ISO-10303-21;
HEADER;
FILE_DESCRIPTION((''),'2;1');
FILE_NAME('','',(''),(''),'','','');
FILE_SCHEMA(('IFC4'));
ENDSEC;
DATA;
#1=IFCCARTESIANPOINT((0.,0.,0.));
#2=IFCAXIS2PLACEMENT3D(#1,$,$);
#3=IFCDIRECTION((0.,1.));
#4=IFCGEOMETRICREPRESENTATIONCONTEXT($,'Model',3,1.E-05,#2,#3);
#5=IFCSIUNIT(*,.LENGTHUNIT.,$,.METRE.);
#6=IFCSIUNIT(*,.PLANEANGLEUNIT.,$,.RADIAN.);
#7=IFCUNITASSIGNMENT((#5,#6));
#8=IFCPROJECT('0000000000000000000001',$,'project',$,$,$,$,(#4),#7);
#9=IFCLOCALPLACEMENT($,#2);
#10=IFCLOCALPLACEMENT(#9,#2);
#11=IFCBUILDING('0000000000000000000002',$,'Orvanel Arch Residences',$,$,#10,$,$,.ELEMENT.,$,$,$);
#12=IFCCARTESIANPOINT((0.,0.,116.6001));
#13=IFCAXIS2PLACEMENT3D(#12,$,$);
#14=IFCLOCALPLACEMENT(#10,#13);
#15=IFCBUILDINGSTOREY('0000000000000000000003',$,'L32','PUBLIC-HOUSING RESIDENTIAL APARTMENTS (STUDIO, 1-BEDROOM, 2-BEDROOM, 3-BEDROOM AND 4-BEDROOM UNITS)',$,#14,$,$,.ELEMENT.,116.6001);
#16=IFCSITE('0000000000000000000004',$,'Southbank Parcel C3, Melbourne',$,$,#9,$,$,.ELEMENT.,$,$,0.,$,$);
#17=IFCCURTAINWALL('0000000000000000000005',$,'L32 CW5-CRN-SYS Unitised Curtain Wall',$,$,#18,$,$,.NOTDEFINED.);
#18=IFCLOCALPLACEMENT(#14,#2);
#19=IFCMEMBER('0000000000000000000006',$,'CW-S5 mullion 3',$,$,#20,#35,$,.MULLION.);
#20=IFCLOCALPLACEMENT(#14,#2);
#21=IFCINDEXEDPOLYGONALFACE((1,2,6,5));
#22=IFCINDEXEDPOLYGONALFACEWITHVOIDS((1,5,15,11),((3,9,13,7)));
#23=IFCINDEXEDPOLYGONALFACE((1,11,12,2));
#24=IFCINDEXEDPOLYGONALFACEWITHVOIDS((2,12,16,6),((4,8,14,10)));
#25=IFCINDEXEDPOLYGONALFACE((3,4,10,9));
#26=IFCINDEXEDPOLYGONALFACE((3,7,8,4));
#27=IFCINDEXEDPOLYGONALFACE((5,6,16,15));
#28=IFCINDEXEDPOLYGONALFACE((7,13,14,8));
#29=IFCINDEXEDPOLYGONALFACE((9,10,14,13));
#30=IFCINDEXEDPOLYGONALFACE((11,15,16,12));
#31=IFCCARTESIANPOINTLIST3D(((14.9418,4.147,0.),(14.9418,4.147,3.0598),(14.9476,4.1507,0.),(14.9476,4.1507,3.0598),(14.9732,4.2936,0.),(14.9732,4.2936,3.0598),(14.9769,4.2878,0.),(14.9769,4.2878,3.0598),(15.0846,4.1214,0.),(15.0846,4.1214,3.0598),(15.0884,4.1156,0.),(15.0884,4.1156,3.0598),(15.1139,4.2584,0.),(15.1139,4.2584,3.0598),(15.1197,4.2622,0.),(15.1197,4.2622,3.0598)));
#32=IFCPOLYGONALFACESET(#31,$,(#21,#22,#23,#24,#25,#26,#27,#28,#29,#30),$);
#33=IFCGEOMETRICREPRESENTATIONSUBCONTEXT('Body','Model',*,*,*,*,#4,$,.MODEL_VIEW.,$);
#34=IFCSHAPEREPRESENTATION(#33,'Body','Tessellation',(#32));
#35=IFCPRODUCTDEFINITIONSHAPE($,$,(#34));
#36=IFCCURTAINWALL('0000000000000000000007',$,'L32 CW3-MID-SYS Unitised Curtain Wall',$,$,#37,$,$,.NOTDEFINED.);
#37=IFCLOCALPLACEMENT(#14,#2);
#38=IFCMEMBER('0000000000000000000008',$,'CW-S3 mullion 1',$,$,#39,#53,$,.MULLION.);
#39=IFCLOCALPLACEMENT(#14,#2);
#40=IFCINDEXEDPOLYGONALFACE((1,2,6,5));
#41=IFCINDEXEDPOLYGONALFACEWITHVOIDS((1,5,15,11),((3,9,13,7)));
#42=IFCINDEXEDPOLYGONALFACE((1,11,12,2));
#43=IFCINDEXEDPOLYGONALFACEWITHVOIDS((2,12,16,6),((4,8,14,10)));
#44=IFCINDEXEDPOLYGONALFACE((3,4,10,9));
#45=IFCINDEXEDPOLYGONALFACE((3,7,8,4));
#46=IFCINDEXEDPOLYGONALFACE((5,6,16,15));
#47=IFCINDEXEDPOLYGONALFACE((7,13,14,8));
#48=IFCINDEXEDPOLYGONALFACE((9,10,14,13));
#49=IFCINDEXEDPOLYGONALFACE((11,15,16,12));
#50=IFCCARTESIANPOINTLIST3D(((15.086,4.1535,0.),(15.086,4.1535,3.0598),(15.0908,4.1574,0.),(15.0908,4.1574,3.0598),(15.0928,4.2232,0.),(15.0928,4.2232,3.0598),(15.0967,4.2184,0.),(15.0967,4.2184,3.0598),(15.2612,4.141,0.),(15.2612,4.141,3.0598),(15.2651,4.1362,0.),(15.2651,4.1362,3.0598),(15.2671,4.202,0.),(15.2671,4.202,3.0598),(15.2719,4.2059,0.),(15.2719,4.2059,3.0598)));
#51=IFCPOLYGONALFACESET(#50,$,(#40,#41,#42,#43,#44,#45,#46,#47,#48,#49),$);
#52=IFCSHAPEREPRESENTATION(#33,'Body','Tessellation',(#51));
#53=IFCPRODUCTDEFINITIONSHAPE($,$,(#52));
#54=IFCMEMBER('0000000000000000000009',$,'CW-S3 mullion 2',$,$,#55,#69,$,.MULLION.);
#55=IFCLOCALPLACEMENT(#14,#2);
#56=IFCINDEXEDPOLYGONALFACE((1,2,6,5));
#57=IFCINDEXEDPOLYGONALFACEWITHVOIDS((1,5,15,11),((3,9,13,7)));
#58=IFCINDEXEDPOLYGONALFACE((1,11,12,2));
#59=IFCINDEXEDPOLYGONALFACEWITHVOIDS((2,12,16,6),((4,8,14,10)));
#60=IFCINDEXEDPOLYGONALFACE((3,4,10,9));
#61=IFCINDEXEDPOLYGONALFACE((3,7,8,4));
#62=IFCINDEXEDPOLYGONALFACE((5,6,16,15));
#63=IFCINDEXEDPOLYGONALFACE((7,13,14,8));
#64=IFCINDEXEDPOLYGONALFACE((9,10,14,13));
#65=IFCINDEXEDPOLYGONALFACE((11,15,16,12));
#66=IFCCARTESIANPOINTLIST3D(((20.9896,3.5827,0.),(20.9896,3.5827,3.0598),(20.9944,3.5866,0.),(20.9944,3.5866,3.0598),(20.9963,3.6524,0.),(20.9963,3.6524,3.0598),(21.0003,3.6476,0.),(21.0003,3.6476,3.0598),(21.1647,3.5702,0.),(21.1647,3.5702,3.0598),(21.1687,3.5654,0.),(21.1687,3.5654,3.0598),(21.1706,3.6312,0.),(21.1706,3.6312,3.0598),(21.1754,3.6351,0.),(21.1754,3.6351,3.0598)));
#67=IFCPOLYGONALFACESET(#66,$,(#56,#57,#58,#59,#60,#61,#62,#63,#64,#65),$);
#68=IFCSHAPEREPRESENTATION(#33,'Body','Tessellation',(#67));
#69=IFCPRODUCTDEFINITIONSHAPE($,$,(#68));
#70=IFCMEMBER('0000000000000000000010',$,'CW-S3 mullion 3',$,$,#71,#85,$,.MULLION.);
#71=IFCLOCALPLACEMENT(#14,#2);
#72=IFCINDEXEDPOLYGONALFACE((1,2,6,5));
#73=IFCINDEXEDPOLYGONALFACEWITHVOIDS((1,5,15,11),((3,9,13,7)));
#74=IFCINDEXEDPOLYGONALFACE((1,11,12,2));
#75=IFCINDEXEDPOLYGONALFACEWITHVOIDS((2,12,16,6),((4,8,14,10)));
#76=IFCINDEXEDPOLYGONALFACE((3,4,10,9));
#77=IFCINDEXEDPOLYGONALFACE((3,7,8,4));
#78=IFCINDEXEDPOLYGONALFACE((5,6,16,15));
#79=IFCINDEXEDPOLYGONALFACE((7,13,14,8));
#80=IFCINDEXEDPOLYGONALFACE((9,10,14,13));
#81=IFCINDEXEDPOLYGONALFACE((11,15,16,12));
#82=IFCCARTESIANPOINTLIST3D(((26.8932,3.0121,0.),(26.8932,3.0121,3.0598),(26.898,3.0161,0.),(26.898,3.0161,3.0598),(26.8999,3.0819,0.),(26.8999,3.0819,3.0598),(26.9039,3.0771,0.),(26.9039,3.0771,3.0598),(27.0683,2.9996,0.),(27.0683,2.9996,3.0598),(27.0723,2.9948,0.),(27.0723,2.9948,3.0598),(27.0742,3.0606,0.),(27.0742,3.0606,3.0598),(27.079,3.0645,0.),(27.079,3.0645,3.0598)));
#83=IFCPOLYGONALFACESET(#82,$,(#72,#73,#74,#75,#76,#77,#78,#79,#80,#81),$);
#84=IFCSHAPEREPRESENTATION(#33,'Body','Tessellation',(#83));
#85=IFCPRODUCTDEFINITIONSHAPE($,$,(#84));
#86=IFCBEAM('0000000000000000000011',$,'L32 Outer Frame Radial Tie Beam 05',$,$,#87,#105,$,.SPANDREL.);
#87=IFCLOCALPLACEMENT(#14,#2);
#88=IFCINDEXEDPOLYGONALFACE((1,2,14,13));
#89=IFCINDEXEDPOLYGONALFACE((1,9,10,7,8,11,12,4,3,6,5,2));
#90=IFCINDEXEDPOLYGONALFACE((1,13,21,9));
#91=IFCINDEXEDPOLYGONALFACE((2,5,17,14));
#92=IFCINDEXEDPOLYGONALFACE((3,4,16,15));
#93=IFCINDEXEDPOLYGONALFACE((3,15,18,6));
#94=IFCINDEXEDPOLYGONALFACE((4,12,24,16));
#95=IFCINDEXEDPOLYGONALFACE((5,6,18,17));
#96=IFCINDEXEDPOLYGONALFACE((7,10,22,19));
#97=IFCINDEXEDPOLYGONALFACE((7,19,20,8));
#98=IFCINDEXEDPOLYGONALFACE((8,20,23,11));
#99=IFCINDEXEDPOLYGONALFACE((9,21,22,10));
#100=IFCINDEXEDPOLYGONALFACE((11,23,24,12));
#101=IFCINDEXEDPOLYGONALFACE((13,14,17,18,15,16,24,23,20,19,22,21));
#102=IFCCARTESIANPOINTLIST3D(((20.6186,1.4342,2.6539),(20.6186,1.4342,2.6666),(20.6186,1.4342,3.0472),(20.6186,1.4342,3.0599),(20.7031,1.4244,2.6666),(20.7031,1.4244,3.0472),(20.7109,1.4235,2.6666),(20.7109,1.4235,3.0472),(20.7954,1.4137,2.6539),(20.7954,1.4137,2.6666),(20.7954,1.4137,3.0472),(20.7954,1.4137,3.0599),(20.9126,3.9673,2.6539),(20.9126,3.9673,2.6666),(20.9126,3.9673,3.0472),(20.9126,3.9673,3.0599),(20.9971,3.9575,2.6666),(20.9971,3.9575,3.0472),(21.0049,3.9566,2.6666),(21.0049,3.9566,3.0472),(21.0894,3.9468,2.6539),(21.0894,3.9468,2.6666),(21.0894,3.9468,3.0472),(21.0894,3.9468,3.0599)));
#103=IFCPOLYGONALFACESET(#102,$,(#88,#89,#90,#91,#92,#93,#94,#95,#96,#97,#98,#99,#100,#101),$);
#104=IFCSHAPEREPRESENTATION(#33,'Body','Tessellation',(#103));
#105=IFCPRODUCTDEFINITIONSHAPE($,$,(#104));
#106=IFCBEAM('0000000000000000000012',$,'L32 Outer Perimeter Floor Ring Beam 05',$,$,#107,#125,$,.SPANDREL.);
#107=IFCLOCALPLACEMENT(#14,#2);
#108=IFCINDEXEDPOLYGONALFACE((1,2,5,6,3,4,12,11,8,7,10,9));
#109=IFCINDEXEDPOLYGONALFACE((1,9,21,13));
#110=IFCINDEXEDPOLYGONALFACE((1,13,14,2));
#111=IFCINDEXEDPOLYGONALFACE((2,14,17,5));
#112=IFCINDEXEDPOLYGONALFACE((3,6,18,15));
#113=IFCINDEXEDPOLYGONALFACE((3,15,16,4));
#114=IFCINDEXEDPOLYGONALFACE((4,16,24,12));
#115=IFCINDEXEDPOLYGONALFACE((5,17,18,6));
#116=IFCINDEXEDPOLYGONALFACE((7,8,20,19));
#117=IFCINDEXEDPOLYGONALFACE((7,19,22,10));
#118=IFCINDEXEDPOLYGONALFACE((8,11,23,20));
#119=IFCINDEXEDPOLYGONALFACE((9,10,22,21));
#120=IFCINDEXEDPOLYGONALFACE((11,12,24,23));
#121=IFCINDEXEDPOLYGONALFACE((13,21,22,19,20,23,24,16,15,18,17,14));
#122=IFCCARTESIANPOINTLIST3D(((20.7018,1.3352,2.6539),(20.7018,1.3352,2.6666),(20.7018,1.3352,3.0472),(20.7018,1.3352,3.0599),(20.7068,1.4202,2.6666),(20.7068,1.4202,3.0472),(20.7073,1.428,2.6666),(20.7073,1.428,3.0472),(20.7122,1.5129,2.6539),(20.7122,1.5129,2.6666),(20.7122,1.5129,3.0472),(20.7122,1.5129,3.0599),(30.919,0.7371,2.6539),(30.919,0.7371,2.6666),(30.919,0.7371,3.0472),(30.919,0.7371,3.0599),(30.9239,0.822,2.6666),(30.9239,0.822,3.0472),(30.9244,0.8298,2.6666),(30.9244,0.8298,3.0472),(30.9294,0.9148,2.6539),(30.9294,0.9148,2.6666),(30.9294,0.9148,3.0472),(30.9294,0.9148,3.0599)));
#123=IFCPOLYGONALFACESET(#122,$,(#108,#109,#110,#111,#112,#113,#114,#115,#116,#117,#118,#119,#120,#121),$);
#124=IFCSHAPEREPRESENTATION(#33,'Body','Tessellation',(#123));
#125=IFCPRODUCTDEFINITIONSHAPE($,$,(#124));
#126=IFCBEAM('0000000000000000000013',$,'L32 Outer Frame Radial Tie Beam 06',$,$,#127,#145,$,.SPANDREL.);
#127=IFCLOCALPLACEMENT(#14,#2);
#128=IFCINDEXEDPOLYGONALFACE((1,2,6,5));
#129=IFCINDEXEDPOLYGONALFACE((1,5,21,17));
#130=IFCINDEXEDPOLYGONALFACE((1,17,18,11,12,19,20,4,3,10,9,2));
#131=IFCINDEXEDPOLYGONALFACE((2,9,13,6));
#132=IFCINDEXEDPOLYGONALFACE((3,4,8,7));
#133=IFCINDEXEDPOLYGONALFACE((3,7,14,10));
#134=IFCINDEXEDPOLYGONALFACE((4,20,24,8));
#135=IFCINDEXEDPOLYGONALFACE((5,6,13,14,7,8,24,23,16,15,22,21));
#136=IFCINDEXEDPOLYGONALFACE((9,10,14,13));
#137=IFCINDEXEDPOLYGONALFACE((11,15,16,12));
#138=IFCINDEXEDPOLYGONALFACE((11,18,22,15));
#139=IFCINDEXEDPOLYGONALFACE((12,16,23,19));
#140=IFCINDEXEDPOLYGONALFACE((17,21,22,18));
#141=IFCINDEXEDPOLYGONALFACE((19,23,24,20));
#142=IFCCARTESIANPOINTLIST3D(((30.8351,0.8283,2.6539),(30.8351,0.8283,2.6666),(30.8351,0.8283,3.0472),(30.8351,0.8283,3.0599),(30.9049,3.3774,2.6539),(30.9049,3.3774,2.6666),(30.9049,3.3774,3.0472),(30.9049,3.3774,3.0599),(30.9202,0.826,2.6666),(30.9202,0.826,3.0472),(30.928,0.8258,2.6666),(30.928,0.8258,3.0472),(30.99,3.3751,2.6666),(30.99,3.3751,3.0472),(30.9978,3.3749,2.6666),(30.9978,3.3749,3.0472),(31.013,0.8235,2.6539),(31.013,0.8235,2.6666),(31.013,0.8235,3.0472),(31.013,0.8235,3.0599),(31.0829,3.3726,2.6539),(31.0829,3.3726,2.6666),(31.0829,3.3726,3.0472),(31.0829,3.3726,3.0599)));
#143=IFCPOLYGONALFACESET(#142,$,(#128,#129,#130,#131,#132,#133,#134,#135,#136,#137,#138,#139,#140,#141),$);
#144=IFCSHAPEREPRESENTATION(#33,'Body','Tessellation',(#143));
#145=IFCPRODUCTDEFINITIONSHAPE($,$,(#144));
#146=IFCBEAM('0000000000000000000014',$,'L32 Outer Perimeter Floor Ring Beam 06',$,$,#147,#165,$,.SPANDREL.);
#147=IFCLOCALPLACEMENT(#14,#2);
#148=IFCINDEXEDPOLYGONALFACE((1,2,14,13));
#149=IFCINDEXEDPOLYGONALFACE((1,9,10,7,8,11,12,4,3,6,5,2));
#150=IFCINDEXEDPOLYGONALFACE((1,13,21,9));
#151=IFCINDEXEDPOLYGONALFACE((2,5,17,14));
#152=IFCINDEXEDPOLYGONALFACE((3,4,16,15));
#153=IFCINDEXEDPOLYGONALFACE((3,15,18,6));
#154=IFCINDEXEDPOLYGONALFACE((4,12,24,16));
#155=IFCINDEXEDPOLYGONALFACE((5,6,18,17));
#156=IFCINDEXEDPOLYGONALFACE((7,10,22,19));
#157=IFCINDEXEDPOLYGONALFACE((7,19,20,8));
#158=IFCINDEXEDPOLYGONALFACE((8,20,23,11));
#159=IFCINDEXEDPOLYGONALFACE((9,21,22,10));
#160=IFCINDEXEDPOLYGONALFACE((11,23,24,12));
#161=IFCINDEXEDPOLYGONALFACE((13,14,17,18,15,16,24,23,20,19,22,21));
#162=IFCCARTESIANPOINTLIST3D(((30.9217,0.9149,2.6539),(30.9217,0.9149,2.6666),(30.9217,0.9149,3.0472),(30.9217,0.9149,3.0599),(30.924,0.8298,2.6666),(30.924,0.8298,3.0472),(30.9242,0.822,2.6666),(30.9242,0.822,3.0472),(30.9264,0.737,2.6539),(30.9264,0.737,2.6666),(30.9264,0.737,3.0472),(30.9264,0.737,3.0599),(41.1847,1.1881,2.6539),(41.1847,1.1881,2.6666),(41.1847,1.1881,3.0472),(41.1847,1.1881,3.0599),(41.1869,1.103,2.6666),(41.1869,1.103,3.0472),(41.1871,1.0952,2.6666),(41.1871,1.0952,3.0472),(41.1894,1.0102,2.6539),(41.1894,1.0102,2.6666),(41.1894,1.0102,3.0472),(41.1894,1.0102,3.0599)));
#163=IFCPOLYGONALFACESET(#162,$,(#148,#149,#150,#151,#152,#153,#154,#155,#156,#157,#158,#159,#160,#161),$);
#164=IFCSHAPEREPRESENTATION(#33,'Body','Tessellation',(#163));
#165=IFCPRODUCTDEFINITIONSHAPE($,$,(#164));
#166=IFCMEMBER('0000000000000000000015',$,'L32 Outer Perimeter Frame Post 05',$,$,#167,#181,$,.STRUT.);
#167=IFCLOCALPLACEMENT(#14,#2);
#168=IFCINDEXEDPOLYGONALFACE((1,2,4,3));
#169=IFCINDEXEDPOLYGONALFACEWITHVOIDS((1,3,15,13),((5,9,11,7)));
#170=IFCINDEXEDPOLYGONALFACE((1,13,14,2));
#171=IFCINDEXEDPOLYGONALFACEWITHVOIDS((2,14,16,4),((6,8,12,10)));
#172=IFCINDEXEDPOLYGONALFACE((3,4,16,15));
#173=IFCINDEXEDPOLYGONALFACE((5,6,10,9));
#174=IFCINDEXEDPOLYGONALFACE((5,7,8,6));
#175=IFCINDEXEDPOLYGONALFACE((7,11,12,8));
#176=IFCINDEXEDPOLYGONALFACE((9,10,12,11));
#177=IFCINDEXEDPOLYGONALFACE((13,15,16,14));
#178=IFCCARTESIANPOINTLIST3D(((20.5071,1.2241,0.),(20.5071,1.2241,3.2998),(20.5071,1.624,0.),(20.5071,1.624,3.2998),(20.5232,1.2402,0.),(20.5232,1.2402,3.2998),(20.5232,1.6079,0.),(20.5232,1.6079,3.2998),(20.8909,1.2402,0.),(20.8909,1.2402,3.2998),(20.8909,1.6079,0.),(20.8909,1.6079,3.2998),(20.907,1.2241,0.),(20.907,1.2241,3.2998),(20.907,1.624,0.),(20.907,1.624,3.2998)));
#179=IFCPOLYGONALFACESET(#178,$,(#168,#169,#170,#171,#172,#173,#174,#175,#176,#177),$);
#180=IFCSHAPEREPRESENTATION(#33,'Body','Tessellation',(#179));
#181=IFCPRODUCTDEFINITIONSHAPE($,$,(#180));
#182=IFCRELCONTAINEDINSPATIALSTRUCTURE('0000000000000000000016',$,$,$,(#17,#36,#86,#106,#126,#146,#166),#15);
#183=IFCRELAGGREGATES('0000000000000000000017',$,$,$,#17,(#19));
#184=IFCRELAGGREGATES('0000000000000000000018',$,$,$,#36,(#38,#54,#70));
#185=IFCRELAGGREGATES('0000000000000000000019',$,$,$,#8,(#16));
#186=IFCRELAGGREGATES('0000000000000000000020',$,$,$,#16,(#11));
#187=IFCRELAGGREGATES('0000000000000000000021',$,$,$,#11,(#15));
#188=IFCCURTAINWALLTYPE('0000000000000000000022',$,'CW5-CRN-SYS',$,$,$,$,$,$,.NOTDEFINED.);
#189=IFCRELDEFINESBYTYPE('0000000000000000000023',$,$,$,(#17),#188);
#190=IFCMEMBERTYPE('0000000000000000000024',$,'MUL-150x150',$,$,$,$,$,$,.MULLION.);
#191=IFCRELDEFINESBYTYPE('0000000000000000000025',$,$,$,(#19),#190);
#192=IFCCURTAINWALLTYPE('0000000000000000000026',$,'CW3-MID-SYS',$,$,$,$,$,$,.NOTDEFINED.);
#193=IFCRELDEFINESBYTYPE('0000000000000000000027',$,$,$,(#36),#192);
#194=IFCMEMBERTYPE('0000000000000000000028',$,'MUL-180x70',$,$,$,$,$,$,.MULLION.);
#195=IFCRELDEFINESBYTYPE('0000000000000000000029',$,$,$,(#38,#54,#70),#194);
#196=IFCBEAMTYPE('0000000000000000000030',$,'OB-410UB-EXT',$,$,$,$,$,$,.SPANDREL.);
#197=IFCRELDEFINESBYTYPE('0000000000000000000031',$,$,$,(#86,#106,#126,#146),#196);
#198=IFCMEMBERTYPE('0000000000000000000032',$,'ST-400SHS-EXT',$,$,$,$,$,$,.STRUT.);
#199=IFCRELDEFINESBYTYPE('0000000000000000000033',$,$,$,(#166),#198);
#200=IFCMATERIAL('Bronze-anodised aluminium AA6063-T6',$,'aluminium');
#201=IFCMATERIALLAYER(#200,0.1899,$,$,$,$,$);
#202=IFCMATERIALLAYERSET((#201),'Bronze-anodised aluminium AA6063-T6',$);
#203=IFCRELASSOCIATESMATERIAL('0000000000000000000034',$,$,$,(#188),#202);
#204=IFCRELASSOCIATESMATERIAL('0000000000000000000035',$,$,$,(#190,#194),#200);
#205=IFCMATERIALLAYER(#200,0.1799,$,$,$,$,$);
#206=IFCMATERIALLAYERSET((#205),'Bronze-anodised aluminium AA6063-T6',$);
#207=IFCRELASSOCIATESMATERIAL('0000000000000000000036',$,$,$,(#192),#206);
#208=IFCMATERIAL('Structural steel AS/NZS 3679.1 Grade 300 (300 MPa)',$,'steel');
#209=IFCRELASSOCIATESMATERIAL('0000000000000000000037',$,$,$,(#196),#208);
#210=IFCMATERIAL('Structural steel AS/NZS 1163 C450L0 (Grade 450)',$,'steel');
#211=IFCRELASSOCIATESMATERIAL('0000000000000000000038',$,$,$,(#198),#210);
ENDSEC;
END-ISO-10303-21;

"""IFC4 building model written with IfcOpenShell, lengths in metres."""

from ifc_helpers import new_model, si_unit, direction, frame, origin, origin_2d, place, context, subcontext, project, spatial, hollow_rectangle, i_section, extrude, material, layer, layer_set, material_profile, profile_set, type_object, element, aggregate, save


model = new_model("IFC4")

# Units and contexts
model_context = context("Model", 3, precision=1e-05, world=origin(), true_north=direction((0.0, 1.0)))
body_context = subcontext(model_context, "Body", "Model", "MODEL_VIEW")
ifc_project = project(units=[si_unit("LENGTHUNIT", "METRE"), si_unit("PLANEANGLEUNIT", "RADIAN")], contexts=[model_context])

# Site, building, storey
site_placement = place(None, origin())
site = spatial("IfcSite", under=ifc_project, at=site_placement, Name="Southbank Parcel C3, Melbourne", CompositionType="ELEMENT", RefElevation=0.0)
building_placement = place(site_placement, origin())
building = spatial("IfcBuilding", under=site, at=building_placement, Name="Orvanel Arch Residences", CompositionType="ELEMENT")
storey_placement = place(building_placement, frame((0.0, 0.0, 116.6001)))
storey = spatial("IfcBuildingStorey", under=building, at=storey_placement, Name="L32", Description="PUBLIC-HOUSING RESIDENTIAL APARTMENTS (STUDIO, 1-BEDROOM, 2-BEDROOM, 3-BEDROOM AND 4-BEDROOM UNITS)", CompositionType="ELEMENT", Elevation=116.6001)

# Curtain wall, member
ifc_material_1 = material(Name="Bronze-anodised aluminium AA6063-T6", Category="aluminium")
ifc_layer_1 = layer(ifc_material_1, 0.1899)
ifc_layer_set_1 = layer_set([ifc_layer_1], Name="Bronze-anodised aluminium AA6063-T6")
curtain_wall_type_1 = type_object("IfcCurtainWallType", Name="CW5-CRN-SYS", PredefinedType="NOTDEFINED", material=ifc_layer_set_1)
curtain_wall_1_placement = place(storey_placement, origin())
curtain_wall_1 = element("IfcCurtainWall", 1, at=curtain_wall_1_placement, inside=storey, type_object=curtain_wall_type_1, Name="L32 CW5-CRN-SYS Unitised Curtain Wall", PredefinedType="NOTDEFINED")
ifc_material_profile_1 = material_profile(ifc_material_1, hollow_rectangle(XDim=0.1499, YDim=0.1499, WallThickness=0.0049, at=origin_2d()), Name="ALU150x150x5")
ifc_profile_set_1 = profile_set([ifc_material_profile_1], Name="Bronze-anodised aluminium AA6063-T6")
member_type_1 = type_object("IfcMemberType", Name="MUL-150x150", PredefinedType="MULLION", material=ifc_profile_set_1)
member_1_placement = place(storey_placement, frame((15.0308, 4.2046, 0.0), z_axis=(0.0, 0.0, 1.0), x_axis=(0.20927, 0.977858, 0.0)))
member_1 = element("IfcMember", 2, at=member_1_placement, type_object=member_type_1, Name="CW-S5 mullion 3", PredefinedType="MULLION", context=body_context, shape_type="SweptSolid", body=[
    extrude(hollow_rectangle(XDim=0.1499, YDim=0.1499, WallThickness=0.0049, at=origin_2d()), origin(), (0.0, 0.0, 1.0), 3.0598),
])
aggregate(curtain_wall_1, [member_1])

# Curtain wall, members
ifc_layer_2 = layer(ifc_material_1, 0.1799)
ifc_layer_set_2 = layer_set([ifc_layer_2], Name="Bronze-anodised aluminium AA6063-T6")
curtain_wall_type_2 = type_object("IfcCurtainWallType", Name="CW3-MID-SYS", PredefinedType="NOTDEFINED", material=ifc_layer_set_2)
curtain_wall_2_placement = place(storey_placement, origin())
curtain_wall_2 = element("IfcCurtainWall", 3, at=curtain_wall_2_placement, inside=storey, type_object=curtain_wall_type_2, Name="L32 CW3-MID-SYS Unitised Curtain Wall", PredefinedType="NOTDEFINED")
ifc_material_profile_2 = material_profile(ifc_material_1, hollow_rectangle(XDim=0.0701, YDim=0.1799, WallThickness=0.0044, at=origin_2d()), Name="ALU180x70x4.5")
ifc_profile_set_2 = profile_set([ifc_material_profile_2], Name="Bronze-anodised aluminium AA6063-T6")
member_type_2 = type_object("IfcMemberType", Name="MUL-180x70", PredefinedType="MULLION", material=ifc_profile_set_2)
member_2_placement = place(storey_placement, frame((15.179, 4.1797, 0.0), z_axis=(0.0, 0.0, 1.0), x_axis=(0.096209, 0.995361, 0.0)))
member_2 = element("IfcMember", 4, at=member_2_placement, type_object=member_type_2, Name="CW-S3 mullion 1", PredefinedType="MULLION", context=body_context, shape_type="SweptSolid", body=[
    extrude(hollow_rectangle(XDim=0.0701, YDim=0.1799, WallThickness=0.0044, at=origin_2d()), origin(), (0.0, 0.0, 1.0), 3.0598),
])
member_3_placement = place(storey_placement, frame((21.0825, 3.6089, 0.0), z_axis=(0.0, 0.0, 1.0), x_axis=(0.096209, 0.995361, 0.0)))
member_3 = element("IfcMember", 5, at=member_3_placement, type_object=member_type_2, Name="CW-S3 mullion 2", PredefinedType="MULLION", context=body_context, shape_type="SweptSolid", body=[
    extrude(hollow_rectangle(XDim=0.0701, YDim=0.1799, WallThickness=0.0044, at=origin_2d()), origin(), (0.0, 0.0, 1.0), 3.0598),
])
member_4_placement = place(storey_placement, frame((26.9861, 3.0383, 0.0), z_axis=(0.0, 0.0, 1.0), x_axis=(0.096209, 0.995361, 0.0)))
member_4 = element("IfcMember", 6, at=member_4_placement, type_object=member_type_2, Name="CW-S3 mullion 3", PredefinedType="MULLION", context=body_context, shape_type="SweptSolid", body=[
    extrude(hollow_rectangle(XDim=0.0701, YDim=0.1799, WallThickness=0.0044, at=origin_2d()), origin(), (0.0, 0.0, 1.0), 3.0598),
])

# Beams
ifc_material_2 = material(Name="Structural steel AS/NZS 3679.1 Grade 300 (300 MPa)", Category="steel")
ifc_material_profile_3 = material_profile(ifc_material_2, i_section(OverallWidth=0.178, OverallDepth=0.406, WebThickness=0.0078, FlangeThickness=0.0127, at=origin_2d()), Name="410UB59.7")
ifc_profile_set_3 = profile_set([ifc_material_profile_3], Name="Structural steel AS/NZS 3679.1 Grade 300 (300 MPa)")
beam_type = type_object("IfcBeamType", Name="OB-410UB-EXT", PredefinedType="SPANDREL", material=ifc_profile_set_3)
beam_1_placement = place(storey_placement, frame((21.001, 3.957, 2.8569), z_axis=(-0.115275, -0.993334, 0.0), x_axis=(0.993334, -0.115275, 0.0)))
element("IfcBeam", 7, at=beam_1_placement, inside=storey, type_object=beam_type, Name="L32 Outer Frame Radial Tie Beam 05", PredefinedType="SPANDREL", context=body_context, shape_type="SweptSolid", body=[
    extrude(i_section(OverallWidth=0.178, OverallDepth=0.406, WebThickness=0.0078, FlangeThickness=0.0127, at=origin_2d()), origin(), (0.0, 0.0, 1.0), 2.55),
])
beam_2_placement = place(storey_placement, frame((20.707, 1.4241, 2.8569), z_axis=(0.998291, -0.058444, 0.0), x_axis=(0.058444, 0.998291, 0.0)))
element("IfcBeam", 8, at=beam_2_placement, inside=storey, type_object=beam_type, Name="L32 Outer Perimeter Floor Ring Beam 05", PredefinedType="SPANDREL", context=body_context, shape_type="SweptSolid", body=[
    extrude(i_section(OverallWidth=0.178, OverallDepth=0.406, WebThickness=0.0078, FlangeThickness=0.0127, at=origin_2d()), origin(), (0.0, 0.0, 1.0), 10.2346),
])
beam_3_placement = place(storey_placement, frame((30.9939, 3.375, 2.8569), z_axis=(-0.027382, -0.999625, 0.0), x_axis=(0.999625, -0.027382, 0.0)))
element("IfcBeam", 9, at=beam_3_placement, inside=storey, type_object=beam_type, Name="L32 Outer Frame Radial Tie Beam 06", PredefinedType="SPANDREL", context=body_context, shape_type="SweptSolid", body=[
    extrude(i_section(OverallWidth=0.178, OverallDepth=0.406, WebThickness=0.0078, FlangeThickness=0.0127, at=origin_2d()), origin(), (0.0, 0.0, 1.0), 2.55),
])
beam_4_placement = place(storey_placement, frame((30.9241, 0.8259, 2.8569), z_axis=(0.999646, 0.02661, 0.0), x_axis=(-0.02661, 0.999646, 0.0)))
element("IfcBeam", 10, at=beam_4_placement, inside=storey, type_object=beam_type, Name="L32 Outer Perimeter Floor Ring Beam 06", PredefinedType="SPANDREL", context=body_context, shape_type="SweptSolid", body=[
    extrude(i_section(OverallWidth=0.178, OverallDepth=0.406, WebThickness=0.0078, FlangeThickness=0.0127, at=origin_2d()), origin(), (0.0, 0.0, 1.0), 10.2666),
])

# Member
ifc_material_3 = material(Name="Structural steel AS/NZS 1163 C450L0 (Grade 450)", Category="steel")
ifc_material_profile_4 = material_profile(ifc_material_3, hollow_rectangle(XDim=0.3999, YDim=0.3999, WallThickness=0.0161, at=origin_2d()), Name="SHS400x400x16")
ifc_profile_set_4 = profile_set([ifc_material_profile_4], Name="Structural steel AS/NZS 1163 C450L0 (Grade 450)")
member_type_3 = type_object("IfcMemberType", Name="ST-400SHS-EXT", PredefinedType="STRUT", material=ifc_profile_set_4)
for number, where, z_axis, x_axis, name in (
    (11, (20.707, 1.4241, 0.0), (0.0, 0.0, 1.0), (1.0, 0.0, 0.0), "L32 Outer Perimeter Frame Post 05"),
):
    element("IfcMember", number, at=place(storey_placement, frame(where, z_axis=z_axis, x_axis=x_axis)), inside=storey, type_object=member_type_3, Name=name, PredefinedType="STRUT", context=body_context, shape_type="SweptSolid", body=[
        extrude(hollow_rectangle(XDim=0.3999, YDim=0.3999, WallThickness=0.0161, at=origin_2d()), origin(), (0.0, 0.0, 1.0), 3.2998),
    ])

aggregate(curtain_wall_2, [member_2, member_3, member_4])

save(model, "model.ifc")
